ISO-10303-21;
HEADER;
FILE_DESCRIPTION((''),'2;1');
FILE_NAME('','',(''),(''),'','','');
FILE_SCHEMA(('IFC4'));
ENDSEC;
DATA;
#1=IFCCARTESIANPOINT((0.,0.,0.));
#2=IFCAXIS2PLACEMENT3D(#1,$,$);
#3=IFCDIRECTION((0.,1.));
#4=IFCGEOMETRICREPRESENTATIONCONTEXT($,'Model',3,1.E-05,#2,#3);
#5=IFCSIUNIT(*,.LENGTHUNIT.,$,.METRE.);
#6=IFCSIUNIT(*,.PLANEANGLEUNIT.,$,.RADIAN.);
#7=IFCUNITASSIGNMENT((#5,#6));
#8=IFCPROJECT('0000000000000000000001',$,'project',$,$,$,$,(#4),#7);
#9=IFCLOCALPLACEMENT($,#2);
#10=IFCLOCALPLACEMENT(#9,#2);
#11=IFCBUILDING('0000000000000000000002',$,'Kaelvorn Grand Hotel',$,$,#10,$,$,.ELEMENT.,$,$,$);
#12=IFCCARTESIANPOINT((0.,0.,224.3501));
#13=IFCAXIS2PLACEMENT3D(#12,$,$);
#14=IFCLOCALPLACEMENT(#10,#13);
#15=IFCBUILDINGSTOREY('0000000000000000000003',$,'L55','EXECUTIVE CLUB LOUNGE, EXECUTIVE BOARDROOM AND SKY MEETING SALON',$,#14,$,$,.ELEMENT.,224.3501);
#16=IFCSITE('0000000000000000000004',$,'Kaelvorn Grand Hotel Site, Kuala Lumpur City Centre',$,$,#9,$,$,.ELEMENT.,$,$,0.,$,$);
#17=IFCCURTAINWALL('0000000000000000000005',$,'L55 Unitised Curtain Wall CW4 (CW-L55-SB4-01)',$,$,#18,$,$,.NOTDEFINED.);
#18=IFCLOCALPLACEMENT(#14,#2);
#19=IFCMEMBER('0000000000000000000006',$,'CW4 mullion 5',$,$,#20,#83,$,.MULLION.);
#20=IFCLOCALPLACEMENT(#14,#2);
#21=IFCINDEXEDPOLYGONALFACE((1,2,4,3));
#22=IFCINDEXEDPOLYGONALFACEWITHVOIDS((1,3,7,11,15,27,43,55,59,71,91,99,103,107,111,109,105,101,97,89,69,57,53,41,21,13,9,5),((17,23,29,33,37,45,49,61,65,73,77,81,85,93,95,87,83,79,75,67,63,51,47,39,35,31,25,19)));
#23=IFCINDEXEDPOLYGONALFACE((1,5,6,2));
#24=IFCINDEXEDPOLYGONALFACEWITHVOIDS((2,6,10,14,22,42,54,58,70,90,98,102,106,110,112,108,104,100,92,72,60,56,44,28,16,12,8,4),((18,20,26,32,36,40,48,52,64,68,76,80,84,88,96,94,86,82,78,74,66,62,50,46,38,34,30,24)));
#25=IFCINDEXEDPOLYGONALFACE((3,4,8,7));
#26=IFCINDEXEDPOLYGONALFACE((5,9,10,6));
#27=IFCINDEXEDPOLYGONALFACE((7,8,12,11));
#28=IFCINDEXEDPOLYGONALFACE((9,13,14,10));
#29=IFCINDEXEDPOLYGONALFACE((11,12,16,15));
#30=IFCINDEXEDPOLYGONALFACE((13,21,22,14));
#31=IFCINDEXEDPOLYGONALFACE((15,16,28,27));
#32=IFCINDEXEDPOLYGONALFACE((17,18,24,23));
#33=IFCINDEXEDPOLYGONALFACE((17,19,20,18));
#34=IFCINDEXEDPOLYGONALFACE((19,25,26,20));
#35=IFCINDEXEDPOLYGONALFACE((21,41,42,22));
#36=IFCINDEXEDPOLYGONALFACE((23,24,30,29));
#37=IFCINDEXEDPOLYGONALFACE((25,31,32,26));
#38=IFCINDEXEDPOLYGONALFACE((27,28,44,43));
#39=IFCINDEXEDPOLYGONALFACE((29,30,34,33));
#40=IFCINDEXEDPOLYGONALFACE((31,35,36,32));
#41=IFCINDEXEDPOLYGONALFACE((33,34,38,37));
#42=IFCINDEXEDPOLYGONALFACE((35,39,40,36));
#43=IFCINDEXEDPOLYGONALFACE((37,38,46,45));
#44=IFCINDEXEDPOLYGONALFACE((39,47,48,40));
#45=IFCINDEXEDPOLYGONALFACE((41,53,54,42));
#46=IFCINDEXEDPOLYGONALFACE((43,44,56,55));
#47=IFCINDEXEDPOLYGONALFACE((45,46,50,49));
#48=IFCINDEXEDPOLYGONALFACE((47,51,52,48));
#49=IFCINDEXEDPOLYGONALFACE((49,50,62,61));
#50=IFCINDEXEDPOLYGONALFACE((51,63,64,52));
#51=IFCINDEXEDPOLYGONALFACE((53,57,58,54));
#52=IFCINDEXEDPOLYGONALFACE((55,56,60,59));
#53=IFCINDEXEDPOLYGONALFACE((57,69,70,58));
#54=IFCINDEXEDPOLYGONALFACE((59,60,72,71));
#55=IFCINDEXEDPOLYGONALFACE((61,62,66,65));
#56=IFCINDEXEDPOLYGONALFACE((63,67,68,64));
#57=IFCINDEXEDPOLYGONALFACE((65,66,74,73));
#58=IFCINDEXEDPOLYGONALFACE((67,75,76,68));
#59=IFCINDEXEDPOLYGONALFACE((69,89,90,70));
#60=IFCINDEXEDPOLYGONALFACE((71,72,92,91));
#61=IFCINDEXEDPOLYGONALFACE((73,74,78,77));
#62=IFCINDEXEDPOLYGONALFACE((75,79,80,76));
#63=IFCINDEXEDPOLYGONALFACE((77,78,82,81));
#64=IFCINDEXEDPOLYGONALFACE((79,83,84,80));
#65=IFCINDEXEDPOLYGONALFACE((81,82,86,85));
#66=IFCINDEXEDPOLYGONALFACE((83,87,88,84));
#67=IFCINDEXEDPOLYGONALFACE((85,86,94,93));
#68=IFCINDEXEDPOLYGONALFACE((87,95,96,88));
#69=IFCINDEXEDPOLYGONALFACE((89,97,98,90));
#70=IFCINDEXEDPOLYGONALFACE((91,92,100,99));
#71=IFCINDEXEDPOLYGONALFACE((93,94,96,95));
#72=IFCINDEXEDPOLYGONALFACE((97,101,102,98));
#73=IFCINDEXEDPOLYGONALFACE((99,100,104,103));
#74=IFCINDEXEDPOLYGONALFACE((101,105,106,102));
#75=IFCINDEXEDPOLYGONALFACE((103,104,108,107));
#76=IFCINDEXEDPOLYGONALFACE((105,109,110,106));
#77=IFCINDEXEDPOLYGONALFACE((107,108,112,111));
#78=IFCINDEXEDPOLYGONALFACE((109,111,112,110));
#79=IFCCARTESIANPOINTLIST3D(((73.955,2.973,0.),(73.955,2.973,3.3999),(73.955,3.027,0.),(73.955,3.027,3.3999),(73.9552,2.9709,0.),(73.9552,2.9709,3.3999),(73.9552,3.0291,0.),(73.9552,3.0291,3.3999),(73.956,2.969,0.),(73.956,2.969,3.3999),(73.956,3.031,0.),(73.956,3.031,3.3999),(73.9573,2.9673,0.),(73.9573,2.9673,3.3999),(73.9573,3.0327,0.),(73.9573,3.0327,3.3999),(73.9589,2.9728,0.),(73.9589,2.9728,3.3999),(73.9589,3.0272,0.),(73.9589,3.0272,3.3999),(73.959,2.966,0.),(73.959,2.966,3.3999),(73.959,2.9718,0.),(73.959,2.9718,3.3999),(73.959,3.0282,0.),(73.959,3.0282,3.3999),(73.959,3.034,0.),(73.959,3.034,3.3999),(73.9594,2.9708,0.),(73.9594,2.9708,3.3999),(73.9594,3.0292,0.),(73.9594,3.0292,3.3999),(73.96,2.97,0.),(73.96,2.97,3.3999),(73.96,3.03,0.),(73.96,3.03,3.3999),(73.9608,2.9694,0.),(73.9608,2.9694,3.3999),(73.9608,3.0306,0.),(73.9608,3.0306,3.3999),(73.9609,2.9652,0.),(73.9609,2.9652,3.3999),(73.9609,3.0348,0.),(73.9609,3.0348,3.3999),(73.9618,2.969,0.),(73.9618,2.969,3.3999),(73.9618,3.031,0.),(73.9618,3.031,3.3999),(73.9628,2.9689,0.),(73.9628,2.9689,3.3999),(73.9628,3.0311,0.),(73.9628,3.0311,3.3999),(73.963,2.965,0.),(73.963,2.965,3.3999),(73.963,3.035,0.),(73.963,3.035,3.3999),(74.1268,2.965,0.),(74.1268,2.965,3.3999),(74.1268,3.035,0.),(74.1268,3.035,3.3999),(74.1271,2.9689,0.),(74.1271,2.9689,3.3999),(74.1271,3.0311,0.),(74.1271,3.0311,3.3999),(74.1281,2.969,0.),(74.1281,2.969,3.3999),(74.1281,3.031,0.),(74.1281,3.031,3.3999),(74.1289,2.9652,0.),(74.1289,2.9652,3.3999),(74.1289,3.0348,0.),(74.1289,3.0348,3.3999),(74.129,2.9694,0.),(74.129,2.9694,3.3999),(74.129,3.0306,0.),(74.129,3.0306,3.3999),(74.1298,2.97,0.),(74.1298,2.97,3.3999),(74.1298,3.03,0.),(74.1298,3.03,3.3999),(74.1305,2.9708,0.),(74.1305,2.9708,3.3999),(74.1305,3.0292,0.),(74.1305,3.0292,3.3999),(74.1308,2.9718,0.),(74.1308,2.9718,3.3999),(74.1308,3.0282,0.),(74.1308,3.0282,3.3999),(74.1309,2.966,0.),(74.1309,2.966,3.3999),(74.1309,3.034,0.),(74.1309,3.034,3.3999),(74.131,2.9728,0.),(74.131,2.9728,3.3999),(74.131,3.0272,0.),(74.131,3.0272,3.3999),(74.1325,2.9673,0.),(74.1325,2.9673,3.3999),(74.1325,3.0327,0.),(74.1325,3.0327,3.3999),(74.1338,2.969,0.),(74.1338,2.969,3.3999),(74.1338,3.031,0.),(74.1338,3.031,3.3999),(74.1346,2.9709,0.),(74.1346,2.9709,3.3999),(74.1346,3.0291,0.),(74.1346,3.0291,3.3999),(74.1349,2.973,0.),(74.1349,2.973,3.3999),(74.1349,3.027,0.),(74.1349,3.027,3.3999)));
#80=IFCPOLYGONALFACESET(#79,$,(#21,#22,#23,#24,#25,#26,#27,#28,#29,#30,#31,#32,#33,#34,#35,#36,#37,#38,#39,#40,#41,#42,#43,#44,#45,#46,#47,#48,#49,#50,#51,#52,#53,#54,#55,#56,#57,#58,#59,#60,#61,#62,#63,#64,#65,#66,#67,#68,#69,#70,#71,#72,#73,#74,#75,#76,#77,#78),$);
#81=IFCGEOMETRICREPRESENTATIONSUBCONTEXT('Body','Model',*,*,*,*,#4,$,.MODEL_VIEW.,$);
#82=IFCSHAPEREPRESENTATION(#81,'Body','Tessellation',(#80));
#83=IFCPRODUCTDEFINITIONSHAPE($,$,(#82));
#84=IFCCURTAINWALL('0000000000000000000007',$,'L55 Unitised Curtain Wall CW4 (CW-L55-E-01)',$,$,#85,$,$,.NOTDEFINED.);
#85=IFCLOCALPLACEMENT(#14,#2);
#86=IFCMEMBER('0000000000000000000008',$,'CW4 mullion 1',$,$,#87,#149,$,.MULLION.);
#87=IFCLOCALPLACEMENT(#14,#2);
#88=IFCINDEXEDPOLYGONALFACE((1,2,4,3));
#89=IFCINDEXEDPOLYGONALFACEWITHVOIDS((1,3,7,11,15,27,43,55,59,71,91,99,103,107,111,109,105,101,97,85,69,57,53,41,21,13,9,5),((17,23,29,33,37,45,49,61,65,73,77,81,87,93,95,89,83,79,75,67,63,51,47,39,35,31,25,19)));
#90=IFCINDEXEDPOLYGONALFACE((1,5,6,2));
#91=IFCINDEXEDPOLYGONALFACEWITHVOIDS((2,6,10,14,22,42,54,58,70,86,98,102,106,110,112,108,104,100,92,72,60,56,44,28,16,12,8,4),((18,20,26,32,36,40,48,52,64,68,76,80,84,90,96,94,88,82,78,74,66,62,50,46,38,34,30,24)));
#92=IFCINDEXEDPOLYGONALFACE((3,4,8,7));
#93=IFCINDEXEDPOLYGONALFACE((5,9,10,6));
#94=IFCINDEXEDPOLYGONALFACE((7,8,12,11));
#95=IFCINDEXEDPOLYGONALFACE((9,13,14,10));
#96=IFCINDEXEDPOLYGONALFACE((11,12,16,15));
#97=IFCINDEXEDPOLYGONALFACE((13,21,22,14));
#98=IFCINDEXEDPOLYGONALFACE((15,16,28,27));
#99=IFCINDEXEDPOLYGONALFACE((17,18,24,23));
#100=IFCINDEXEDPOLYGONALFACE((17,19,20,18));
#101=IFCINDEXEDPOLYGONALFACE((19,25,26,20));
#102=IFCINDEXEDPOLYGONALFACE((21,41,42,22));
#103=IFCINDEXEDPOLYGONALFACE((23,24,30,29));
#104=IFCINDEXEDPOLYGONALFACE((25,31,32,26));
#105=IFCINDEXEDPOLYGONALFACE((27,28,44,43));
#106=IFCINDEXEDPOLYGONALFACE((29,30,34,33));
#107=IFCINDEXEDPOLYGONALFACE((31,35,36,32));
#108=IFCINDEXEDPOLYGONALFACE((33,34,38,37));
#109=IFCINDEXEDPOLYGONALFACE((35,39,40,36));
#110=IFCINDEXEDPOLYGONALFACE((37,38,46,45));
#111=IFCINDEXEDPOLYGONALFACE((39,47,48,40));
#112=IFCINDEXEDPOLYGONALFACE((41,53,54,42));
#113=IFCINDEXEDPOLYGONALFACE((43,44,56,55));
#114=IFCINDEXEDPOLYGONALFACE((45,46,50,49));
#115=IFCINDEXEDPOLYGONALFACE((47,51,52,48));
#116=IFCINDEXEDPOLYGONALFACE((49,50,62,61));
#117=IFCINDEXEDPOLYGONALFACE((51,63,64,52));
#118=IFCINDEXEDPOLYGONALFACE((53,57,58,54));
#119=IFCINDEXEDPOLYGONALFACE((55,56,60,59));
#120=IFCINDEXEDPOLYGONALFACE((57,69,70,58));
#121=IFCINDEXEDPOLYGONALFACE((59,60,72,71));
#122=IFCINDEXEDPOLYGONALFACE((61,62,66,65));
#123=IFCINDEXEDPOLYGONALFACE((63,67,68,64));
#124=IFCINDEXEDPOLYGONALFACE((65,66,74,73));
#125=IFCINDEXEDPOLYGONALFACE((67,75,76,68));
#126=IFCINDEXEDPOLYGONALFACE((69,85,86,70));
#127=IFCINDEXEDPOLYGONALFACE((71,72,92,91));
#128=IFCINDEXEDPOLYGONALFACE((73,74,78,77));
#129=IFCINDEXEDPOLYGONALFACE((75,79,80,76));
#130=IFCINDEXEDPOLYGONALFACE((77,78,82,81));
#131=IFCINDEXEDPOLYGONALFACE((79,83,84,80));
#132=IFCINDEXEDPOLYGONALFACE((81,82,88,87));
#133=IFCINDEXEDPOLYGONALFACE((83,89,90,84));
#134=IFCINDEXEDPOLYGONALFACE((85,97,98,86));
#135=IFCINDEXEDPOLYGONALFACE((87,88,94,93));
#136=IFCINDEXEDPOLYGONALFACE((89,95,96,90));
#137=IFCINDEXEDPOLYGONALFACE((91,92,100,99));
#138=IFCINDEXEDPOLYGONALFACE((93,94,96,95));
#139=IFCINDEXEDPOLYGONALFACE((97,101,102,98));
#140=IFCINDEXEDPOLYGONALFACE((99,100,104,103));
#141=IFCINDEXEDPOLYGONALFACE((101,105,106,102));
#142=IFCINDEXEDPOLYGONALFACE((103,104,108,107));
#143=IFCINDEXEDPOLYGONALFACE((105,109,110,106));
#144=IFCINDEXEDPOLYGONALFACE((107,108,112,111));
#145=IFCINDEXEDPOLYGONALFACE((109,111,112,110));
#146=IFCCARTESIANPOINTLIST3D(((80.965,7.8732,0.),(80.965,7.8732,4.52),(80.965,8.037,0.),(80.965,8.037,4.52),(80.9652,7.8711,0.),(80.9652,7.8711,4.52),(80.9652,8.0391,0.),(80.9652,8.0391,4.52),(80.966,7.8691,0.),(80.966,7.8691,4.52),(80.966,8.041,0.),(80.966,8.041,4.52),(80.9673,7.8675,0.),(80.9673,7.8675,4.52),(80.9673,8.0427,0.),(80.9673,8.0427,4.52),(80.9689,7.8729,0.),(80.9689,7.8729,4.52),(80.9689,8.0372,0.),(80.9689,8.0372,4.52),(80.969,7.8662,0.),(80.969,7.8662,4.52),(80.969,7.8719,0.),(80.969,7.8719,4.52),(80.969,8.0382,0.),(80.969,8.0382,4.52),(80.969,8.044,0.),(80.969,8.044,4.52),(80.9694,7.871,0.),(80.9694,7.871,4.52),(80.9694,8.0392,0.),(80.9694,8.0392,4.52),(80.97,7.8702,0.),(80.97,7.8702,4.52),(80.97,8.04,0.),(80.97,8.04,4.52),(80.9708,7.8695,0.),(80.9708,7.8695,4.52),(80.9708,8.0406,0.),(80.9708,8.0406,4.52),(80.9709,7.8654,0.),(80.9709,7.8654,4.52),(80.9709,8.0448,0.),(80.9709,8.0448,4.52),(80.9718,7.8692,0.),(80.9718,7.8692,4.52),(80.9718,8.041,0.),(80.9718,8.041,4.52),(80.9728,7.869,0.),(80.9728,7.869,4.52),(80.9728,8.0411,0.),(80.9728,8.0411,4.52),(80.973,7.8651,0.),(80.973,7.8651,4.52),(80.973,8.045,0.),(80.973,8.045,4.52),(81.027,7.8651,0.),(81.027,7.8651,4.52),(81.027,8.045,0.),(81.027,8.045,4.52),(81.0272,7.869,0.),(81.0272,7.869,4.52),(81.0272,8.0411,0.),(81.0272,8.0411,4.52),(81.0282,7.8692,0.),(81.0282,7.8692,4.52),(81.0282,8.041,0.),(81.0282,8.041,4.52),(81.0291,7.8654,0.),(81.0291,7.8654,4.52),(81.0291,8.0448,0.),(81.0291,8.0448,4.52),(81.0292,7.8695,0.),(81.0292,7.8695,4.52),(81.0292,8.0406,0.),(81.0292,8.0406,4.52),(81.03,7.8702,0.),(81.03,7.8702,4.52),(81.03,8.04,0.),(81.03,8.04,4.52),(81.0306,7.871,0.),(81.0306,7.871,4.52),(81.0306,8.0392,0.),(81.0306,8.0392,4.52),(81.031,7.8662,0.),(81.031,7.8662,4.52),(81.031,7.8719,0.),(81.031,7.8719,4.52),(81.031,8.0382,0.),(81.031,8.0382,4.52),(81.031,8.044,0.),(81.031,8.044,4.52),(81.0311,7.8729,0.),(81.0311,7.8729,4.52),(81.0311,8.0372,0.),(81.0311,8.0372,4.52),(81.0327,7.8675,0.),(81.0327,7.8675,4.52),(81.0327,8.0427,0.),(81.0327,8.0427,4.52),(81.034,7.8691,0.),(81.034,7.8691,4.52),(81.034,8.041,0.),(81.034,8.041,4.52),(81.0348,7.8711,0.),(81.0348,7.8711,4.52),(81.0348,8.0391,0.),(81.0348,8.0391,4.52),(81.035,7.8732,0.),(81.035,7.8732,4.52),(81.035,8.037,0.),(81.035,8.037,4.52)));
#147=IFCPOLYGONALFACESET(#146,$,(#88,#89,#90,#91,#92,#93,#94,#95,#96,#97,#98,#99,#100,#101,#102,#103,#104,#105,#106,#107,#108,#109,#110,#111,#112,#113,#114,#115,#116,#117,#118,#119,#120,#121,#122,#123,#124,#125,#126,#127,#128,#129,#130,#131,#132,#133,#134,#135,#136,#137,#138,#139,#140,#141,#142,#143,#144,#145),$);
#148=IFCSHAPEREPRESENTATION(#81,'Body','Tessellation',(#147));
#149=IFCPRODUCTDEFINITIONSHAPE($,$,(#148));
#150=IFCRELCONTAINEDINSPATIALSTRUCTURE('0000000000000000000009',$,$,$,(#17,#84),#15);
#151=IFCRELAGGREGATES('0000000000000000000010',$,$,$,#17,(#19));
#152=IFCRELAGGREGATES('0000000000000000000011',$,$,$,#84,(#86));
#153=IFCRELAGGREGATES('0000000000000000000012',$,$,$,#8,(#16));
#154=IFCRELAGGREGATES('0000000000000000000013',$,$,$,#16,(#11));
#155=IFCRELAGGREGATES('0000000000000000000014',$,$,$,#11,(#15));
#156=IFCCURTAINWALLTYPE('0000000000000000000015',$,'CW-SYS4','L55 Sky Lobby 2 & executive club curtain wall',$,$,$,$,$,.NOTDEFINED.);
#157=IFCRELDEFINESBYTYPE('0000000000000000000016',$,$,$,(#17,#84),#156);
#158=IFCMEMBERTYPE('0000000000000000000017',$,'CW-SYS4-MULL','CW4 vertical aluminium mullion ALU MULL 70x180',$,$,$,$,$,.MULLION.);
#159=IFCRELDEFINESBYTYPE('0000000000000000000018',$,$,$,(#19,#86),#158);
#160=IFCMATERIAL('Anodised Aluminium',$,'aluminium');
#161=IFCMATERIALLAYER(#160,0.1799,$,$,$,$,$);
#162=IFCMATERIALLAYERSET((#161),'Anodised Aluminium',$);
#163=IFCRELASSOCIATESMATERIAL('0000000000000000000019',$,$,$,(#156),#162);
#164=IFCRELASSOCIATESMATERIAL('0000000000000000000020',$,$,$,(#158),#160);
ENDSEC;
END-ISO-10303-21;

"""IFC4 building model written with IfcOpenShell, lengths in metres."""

from ifc_helpers import new_model, si_unit, direction, frame, origin, origin_2d, place, context, subcontext, project, spatial, hollow_rectangle, extrude, material, layer, layer_set, material_profile, profile_set, type_object, element, aggregate, save


model = new_model("IFC4")

# Units and contexts
model_context = context("Model", 3, precision=1e-05, world=origin(), true_north=direction((0.0, 1.0)))
body_context = subcontext(model_context, "Body", "Model", "MODEL_VIEW")
ifc_project = project(units=[si_unit("LENGTHUNIT", "METRE"), si_unit("PLANEANGLEUNIT", "RADIAN")], contexts=[model_context])

# Site, building, storey
site_placement = place(None, origin())
site = spatial("IfcSite", under=ifc_project, at=site_placement, Name="Kaelvorn Grand Hotel Site, Kuala Lumpur City Centre", CompositionType="ELEMENT", RefElevation=0.0)
building_placement = place(site_placement, origin())
building = spatial("IfcBuilding", under=site, at=building_placement, Name="Kaelvorn Grand Hotel", CompositionType="ELEMENT")
storey_placement = place(building_placement, frame((0.0, 0.0, 224.3501)))
storey = spatial("IfcBuildingStorey", under=building, at=storey_placement, Name="L55", Description="EXECUTIVE CLUB LOUNGE, EXECUTIVE BOARDROOM AND SKY MEETING SALON", CompositionType="ELEMENT", Elevation=224.3501)

# Curtain wall, member
ifc_material_1 = material(Name="Anodised Aluminium", Category="aluminium")
ifc_layer_1 = layer(ifc_material_1, 0.1799)
ifc_layer_set_1 = layer_set([ifc_layer_1], Name="Anodised Aluminium")
curtain_wall_type = type_object("IfcCurtainWallType", Name="CW-SYS4", Description="L55 Sky Lobby 2 & executive club curtain wall", PredefinedType="NOTDEFINED", material=ifc_layer_set_1)
curtain_wall_1_placement = place(storey_placement, origin())
curtain_wall_1 = element("IfcCurtainWall", 1, at=curtain_wall_1_placement, inside=storey, type_object=curtain_wall_type, Name="L55 Unitised Curtain Wall CW4 (CW-L55-SB4-01)", PredefinedType="NOTDEFINED")
ifc_material_profile_1 = material_profile(ifc_material_1, hollow_rectangle(XDim=0.0701, YDim=0.1799, WallThickness=0.0039, InnerFilletRadius=0.0039, OuterFilletRadius=0.0081, at=origin_2d()), Name="ALU MULL 70x180")
ifc_profile_set_1 = profile_set([ifc_material_profile_1], Name="Anodised Aluminium")
member_type_1 = type_object("IfcMemberType", Name="CW-SYS4-MULL", Description="CW4 vertical aluminium mullion ALU MULL 70x180", PredefinedType="MULLION", material=ifc_profile_set_1)
member_1_placement = place(storey_placement, frame((74.0449, 3.0, 0.0), z_axis=(0.0, 0.0, 1.0), x_axis=(0.0, 1.0, 0.0)))
member_1 = element("IfcMember", 2, at=member_1_placement, type_object=member_type_1, Name="CW4 mullion 5", PredefinedType="MULLION", context=body_context, shape_type="SweptSolid", body=[
    extrude(hollow_rectangle(XDim=0.0701, YDim=0.1799, WallThickness=0.0039, InnerFilletRadius=0.0039, OuterFilletRadius=0.0081, at=origin_2d()), origin(), (0.0, 0.0, 1.0), 3.3999),
])

# Curtain wall, member
curtain_wall_2_placement = place(storey_placement, origin())
curtain_wall_2 = element("IfcCurtainWall", 3, at=curtain_wall_2_placement, inside=storey, type_object=curtain_wall_type, Name="L55 Unitised Curtain Wall CW4 (CW-L55-E-01)", PredefinedType="NOTDEFINED")
member_2_placement = place(storey_placement, frame((81.0, 7.9551, 0.0), z_axis=(0.0, 0.0, 1.0), x_axis=(-1.0, 0.0, 0.0)))
member_2 = element("IfcMember", 4, at=member_2_placement, type_object=member_type_1, Name="CW4 mullion 1", PredefinedType="MULLION", context=body_context, shape_type="SweptSolid", body=[
    extrude(hollow_rectangle(XDim=0.0701, YDim=0.1799, WallThickness=0.0039, InnerFilletRadius=0.0039, OuterFilletRadius=0.0081, at=origin_2d()), origin(), (0.0, 0.0, 1.0), 4.52),
])

aggregate(curtain_wall_1, [member_1])
aggregate(curtain_wall_2, [member_2])

save(model, "model.ifc")
